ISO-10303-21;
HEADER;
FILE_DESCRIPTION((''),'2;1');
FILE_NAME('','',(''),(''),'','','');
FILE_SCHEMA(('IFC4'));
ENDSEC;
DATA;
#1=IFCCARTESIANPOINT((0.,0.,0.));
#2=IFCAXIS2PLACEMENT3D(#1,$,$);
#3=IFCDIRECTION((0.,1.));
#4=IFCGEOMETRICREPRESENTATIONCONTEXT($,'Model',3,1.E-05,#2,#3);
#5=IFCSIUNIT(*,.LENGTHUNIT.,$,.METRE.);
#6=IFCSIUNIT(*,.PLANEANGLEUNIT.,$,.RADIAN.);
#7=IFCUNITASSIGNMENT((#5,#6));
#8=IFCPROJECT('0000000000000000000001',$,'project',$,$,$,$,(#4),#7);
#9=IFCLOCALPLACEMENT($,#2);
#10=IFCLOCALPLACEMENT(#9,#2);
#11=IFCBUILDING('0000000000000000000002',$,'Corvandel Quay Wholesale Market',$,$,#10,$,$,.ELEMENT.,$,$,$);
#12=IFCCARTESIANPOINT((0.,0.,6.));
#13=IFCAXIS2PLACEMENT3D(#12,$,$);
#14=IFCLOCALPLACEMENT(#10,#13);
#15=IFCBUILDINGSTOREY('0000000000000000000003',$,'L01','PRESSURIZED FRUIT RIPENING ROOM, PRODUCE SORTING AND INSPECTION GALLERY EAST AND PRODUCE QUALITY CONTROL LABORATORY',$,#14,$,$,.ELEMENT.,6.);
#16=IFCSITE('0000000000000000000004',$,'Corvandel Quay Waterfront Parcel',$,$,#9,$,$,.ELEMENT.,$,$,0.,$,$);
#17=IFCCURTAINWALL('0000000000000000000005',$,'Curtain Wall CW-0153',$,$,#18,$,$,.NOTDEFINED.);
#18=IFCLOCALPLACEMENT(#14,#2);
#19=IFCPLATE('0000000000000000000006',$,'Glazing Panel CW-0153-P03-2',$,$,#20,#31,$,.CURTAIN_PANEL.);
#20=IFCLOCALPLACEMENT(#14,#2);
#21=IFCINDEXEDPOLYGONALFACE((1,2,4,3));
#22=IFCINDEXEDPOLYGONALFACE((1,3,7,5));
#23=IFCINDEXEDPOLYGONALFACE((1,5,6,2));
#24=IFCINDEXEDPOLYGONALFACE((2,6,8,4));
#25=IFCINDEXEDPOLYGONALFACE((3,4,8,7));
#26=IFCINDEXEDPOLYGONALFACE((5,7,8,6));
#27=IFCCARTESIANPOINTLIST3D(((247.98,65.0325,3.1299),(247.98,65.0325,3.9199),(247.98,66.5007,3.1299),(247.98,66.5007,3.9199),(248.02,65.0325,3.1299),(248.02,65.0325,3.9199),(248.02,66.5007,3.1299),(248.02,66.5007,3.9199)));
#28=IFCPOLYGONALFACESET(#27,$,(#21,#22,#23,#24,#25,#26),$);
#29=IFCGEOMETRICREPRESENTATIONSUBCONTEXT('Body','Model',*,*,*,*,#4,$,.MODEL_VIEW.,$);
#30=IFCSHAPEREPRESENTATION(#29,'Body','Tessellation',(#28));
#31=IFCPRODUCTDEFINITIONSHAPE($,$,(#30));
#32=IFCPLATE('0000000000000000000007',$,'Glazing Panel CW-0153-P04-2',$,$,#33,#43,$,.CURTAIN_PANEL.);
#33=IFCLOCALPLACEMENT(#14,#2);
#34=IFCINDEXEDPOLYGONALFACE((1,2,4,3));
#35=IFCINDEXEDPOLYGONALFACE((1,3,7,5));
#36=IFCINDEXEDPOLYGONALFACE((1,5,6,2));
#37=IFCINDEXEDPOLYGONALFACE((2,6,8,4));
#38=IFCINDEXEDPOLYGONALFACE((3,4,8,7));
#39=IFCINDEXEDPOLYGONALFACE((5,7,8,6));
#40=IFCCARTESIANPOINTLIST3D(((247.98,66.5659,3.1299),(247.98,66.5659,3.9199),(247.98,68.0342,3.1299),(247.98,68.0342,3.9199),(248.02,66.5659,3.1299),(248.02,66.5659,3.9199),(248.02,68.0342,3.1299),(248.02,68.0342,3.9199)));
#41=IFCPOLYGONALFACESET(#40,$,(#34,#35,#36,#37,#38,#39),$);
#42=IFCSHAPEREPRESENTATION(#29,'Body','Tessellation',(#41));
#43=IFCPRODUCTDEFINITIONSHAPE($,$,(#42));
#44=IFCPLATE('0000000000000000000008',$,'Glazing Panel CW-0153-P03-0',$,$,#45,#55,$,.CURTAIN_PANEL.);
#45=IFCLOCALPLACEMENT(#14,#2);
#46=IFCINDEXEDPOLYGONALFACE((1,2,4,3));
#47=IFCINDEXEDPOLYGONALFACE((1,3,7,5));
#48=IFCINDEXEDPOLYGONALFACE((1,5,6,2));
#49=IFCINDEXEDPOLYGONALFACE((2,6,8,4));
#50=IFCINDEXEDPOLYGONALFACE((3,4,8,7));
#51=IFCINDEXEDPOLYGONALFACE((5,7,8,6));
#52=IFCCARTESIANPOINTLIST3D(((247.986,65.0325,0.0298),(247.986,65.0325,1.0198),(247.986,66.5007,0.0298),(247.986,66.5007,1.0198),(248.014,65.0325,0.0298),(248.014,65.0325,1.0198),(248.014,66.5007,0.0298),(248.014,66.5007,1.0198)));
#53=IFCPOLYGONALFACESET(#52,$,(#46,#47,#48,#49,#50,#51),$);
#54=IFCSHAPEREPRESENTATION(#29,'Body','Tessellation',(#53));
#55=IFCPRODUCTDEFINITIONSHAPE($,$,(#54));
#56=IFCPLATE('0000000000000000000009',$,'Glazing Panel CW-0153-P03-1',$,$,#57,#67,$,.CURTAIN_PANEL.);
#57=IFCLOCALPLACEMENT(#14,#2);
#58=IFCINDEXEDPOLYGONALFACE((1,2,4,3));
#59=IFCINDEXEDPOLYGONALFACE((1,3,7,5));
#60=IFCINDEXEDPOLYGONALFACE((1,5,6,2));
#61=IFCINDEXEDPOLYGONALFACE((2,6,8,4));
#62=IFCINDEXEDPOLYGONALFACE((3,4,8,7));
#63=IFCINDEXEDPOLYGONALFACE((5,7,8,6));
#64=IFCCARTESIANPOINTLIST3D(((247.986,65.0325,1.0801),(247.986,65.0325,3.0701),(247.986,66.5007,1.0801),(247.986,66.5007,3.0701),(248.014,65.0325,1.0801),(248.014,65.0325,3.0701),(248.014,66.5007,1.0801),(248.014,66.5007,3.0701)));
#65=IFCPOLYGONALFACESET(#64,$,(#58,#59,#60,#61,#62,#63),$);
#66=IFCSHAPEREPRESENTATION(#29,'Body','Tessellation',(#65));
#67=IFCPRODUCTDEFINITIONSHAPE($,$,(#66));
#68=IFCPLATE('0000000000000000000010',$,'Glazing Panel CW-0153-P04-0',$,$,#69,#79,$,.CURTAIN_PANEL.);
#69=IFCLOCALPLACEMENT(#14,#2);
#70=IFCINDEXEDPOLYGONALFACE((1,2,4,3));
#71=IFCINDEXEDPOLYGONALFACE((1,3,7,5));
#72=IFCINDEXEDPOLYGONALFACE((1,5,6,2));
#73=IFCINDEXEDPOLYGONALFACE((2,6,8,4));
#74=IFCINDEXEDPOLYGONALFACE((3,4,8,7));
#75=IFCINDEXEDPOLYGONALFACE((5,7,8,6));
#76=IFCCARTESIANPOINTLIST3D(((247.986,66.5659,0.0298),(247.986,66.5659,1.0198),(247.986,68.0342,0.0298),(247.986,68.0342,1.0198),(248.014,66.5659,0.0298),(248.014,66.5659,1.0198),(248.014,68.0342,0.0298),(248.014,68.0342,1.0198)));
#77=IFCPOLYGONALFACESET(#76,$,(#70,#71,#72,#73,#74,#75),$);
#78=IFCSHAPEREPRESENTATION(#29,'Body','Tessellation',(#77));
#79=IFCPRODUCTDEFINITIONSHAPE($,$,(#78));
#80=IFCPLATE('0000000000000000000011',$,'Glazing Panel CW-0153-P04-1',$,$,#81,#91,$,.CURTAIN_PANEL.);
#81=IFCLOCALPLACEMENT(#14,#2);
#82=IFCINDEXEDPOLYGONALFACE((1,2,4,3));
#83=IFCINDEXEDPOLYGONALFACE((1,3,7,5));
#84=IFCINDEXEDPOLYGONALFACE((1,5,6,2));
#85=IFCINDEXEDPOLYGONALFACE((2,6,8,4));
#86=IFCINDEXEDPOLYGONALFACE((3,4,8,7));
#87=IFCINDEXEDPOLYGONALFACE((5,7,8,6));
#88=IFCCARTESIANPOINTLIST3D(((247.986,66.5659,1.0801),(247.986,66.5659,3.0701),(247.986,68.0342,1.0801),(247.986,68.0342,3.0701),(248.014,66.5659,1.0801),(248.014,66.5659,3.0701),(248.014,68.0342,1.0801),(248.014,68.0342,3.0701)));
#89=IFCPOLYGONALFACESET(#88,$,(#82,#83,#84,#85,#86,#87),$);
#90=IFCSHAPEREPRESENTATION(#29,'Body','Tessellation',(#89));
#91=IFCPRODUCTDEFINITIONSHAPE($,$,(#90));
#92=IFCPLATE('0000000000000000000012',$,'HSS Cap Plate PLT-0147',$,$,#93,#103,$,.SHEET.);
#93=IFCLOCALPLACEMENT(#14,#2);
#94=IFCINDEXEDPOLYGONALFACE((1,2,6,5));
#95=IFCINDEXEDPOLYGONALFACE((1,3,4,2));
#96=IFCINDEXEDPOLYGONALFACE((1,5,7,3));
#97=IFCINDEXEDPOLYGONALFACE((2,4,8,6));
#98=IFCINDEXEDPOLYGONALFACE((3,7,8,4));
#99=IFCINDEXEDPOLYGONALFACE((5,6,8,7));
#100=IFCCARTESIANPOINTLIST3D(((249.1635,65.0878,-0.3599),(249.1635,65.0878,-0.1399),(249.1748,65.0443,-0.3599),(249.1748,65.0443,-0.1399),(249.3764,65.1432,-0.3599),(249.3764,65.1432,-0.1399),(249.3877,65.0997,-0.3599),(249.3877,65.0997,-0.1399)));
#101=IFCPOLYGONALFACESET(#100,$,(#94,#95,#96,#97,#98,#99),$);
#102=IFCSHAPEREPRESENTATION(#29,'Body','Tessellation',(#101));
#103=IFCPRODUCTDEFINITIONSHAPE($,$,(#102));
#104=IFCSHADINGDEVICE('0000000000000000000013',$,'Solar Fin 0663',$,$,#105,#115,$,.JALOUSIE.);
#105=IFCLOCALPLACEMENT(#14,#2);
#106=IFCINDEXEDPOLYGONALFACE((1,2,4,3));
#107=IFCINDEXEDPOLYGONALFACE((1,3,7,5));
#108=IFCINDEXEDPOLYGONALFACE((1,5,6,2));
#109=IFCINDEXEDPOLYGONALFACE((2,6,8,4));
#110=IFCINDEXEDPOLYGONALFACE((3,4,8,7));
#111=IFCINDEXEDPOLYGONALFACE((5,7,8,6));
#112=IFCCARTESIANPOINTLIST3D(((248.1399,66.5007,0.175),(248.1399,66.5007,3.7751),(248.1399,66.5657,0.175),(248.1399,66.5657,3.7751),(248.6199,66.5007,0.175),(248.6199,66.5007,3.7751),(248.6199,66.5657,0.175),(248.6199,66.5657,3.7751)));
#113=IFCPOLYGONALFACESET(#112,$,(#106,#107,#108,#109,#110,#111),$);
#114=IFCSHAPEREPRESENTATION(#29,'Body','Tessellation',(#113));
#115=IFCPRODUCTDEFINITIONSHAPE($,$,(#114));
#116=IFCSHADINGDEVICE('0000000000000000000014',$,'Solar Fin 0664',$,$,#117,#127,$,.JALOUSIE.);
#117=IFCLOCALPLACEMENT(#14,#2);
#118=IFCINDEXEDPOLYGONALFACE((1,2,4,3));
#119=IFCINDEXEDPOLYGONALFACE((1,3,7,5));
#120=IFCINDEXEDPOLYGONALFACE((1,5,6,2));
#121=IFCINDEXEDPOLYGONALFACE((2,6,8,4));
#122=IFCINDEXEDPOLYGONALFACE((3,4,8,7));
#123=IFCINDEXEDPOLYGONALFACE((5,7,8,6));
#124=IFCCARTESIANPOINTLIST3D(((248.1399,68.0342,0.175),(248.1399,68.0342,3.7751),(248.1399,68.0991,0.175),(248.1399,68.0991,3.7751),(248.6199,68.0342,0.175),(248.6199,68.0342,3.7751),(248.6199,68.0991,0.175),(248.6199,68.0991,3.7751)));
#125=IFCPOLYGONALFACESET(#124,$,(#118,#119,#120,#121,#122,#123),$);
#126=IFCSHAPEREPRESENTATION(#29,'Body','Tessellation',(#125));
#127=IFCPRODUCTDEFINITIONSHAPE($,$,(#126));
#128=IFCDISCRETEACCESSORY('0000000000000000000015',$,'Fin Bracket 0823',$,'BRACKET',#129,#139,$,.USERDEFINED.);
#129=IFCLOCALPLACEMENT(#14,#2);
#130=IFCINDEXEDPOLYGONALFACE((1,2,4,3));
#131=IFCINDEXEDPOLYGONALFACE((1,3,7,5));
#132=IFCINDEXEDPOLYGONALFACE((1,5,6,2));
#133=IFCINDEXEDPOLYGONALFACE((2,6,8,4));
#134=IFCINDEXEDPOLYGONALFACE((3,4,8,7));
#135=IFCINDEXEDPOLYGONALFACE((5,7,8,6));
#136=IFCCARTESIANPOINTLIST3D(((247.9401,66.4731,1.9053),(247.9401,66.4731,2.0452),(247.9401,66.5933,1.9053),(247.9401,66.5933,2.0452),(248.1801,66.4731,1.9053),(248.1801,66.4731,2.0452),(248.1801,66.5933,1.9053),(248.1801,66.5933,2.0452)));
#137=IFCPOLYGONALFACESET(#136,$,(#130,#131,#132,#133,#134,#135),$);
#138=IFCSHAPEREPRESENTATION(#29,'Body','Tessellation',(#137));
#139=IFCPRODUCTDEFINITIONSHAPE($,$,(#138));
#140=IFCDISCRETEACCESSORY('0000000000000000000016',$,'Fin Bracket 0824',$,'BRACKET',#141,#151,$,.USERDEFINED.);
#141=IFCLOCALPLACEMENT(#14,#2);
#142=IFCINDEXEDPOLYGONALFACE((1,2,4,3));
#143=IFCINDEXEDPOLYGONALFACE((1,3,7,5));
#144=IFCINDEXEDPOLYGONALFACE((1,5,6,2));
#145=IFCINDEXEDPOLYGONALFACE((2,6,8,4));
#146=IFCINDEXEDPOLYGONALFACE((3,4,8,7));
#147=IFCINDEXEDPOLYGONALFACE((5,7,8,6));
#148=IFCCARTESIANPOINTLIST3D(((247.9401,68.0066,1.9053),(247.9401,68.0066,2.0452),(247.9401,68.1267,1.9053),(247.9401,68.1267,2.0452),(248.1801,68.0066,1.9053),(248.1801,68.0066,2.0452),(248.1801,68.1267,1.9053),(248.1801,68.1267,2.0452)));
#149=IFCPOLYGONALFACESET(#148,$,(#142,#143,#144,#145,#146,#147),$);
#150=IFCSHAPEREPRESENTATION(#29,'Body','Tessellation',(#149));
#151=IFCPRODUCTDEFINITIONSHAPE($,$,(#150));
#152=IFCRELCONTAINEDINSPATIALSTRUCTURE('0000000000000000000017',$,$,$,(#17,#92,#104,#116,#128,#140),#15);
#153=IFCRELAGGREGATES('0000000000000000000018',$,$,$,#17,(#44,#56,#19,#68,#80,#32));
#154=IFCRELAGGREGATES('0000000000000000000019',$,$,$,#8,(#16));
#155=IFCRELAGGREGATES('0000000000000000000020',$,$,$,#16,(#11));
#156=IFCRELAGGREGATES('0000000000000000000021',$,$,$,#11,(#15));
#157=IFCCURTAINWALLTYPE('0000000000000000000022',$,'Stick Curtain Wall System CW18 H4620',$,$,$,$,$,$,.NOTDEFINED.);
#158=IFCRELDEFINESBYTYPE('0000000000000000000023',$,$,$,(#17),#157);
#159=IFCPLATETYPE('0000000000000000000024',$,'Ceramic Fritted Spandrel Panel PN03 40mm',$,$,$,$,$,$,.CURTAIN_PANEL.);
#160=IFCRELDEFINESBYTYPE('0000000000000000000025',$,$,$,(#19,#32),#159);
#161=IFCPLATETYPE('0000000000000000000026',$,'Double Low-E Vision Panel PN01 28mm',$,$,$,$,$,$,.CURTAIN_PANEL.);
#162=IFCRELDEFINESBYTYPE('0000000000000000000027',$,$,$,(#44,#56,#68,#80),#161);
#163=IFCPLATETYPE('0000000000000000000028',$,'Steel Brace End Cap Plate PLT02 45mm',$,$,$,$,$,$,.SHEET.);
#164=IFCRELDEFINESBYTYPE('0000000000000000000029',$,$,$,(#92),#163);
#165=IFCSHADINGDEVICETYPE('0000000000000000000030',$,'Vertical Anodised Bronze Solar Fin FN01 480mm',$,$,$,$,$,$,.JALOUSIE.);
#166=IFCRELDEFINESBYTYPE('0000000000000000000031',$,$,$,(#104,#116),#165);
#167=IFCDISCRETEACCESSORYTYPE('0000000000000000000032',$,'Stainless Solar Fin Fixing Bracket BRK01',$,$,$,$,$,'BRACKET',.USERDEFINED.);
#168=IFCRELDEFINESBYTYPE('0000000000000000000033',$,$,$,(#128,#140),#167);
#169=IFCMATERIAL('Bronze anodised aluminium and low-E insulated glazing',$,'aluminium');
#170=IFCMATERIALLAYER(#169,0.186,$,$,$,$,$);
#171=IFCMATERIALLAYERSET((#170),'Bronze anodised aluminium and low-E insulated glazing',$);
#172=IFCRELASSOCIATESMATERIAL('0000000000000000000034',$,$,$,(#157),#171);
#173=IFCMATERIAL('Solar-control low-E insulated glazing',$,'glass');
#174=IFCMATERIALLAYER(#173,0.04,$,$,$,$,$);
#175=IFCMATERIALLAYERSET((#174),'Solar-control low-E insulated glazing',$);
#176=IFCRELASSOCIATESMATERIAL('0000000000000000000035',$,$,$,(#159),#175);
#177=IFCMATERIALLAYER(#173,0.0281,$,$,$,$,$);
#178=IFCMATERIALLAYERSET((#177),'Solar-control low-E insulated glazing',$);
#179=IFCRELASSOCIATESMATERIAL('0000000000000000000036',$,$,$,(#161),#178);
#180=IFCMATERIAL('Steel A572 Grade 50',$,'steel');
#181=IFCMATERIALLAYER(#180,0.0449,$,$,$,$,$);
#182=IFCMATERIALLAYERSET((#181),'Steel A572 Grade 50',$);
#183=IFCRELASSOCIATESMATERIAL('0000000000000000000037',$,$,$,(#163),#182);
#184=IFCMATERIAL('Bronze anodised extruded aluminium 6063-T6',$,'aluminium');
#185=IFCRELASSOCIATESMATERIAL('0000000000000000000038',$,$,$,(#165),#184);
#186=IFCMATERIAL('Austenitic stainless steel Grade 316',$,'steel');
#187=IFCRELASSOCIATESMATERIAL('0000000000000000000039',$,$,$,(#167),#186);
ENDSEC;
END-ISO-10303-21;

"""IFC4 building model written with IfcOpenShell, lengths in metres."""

from ifc_helpers import new_model, si_unit, direction, frame, origin, origin_2d, place, context, subcontext, project, spatial, rectangle, extrude, material, layer, layer_set, type_object, element, aggregate, save


model = new_model("IFC4")

# Units and contexts
model_context = context("Model", 3, precision=1e-05, world=origin(), true_north=direction((0.0, 1.0)))
body_context = subcontext(model_context, "Body", "Model", "MODEL_VIEW")
ifc_project = project(units=[si_unit("LENGTHUNIT", "METRE"), si_unit("PLANEANGLEUNIT", "RADIAN")], contexts=[model_context])

# Site, building, storey
site_placement = place(None, origin())
site = spatial("IfcSite", under=ifc_project, at=site_placement, Name="Corvandel Quay Waterfront Parcel", CompositionType="ELEMENT", RefElevation=0.0)
building_placement = place(site_placement, origin())
building = spatial("IfcBuilding", under=site, at=building_placement, Name="Corvandel Quay Wholesale Market", CompositionType="ELEMENT")
storey_placement = place(building_placement, frame((0.0, 0.0, 6.0)))
storey = spatial("IfcBuildingStorey", under=building, at=storey_placement, Name="L01", Description="PRESSURIZED FRUIT RIPENING ROOM, PRODUCE SORTING AND INSPECTION GALLERY EAST AND PRODUCE QUALITY CONTROL LABORATORY", CompositionType="ELEMENT", Elevation=6.0)

# Curtain wall
ifc_material_1 = material(Name="Bronze anodised aluminium and low-E insulated glazing", Category="aluminium")
ifc_layer_1 = layer(ifc_material_1, 0.186)
ifc_layer_set_1 = layer_set([ifc_layer_1], Name="Bronze anodised aluminium and low-E insulated glazing")
curtain_wall_type = type_object("IfcCurtainWallType", Name="Stick Curtain Wall System CW18 H4620", PredefinedType="NOTDEFINED", material=ifc_layer_set_1)
curtain_wall_placement = place(storey_placement, origin())
curtain_wall = element("IfcCurtainWall", 1, at=curtain_wall_placement, inside=storey, type_object=curtain_wall_type, Name="Curtain Wall CW-0153", PredefinedType="NOTDEFINED")

# Plates
ifc_material_2 = material(Name="Solar-control low-E insulated glazing", Category="glass")
ifc_layer_2 = layer(ifc_material_2, 0.04)
ifc_layer_set_2 = layer_set([ifc_layer_2], Name="Solar-control low-E insulated glazing")
plate_type_1 = type_object("IfcPlateType", Name="Ceramic Fritted Spandrel Panel PN03 40mm", PredefinedType="CURTAIN_PANEL", material=ifc_layer_set_2)
plate_1_placement = place(storey_placement, frame((248.0, 65.7666, 3.1299), z_axis=(0.0, 0.0, 1.0), x_axis=(0.0, 1.0, 0.0)))
plate_1 = element("IfcPlate", 2, at=plate_1_placement, type_object=plate_type_1, Name="Glazing Panel CW-0153-P03-2", PredefinedType="CURTAIN_PANEL", context=body_context, shape_type="SweptSolid", body=[
    extrude(rectangle(XDim=1.4683, YDim=0.04, at=origin_2d()), origin(), (0.0, 0.0, 1.0), 0.79),
])
plate_2_placement = place(storey_placement, frame((248.0, 67.3, 3.1299), z_axis=(0.0, 0.0, 1.0), x_axis=(0.0, 1.0, 0.0)))
plate_2 = element("IfcPlate", 3, at=plate_2_placement, type_object=plate_type_1, Name="Glazing Panel CW-0153-P04-2", PredefinedType="CURTAIN_PANEL", context=body_context, shape_type="SweptSolid", body=[
    extrude(rectangle(XDim=1.4683, YDim=0.04, at=origin_2d()), origin(), (0.0, 0.0, 1.0), 0.79),
])
ifc_layer_3 = layer(ifc_material_2, 0.0281)
ifc_layer_set_3 = layer_set([ifc_layer_3], Name="Solar-control low-E insulated glazing")
plate_type_2 = type_object("IfcPlateType", Name="Double Low-E Vision Panel PN01 28mm", PredefinedType="CURTAIN_PANEL", material=ifc_layer_set_3)
plate_3_placement = place(storey_placement, frame((248.0, 65.7666, 0.0298), z_axis=(0.0, 0.0, 1.0), x_axis=(0.0, 1.0, 0.0)))
plate_3 = element("IfcPlate", 4, at=plate_3_placement, type_object=plate_type_2, Name="Glazing Panel CW-0153-P03-0", PredefinedType="CURTAIN_PANEL", context=body_context, shape_type="SweptSolid", body=[
    extrude(rectangle(XDim=1.4683, YDim=0.0281, at=origin_2d()), origin(), (0.0, 0.0, 1.0), 0.99),
])
plate_4_placement = place(storey_placement, frame((248.0, 65.7666, 1.0801), z_axis=(0.0, 0.0, 1.0), x_axis=(0.0, 1.0, 0.0)))
plate_4 = element("IfcPlate", 5, at=plate_4_placement, type_object=plate_type_2, Name="Glazing Panel CW-0153-P03-1", PredefinedType="CURTAIN_PANEL", context=body_context, shape_type="SweptSolid", body=[
    extrude(rectangle(XDim=1.4683, YDim=0.0281, at=origin_2d()), origin(), (0.0, 0.0, 1.0), 1.99),
])
plate_5_placement = place(storey_placement, frame((248.0, 67.3, 0.0298), z_axis=(0.0, 0.0, 1.0), x_axis=(0.0, 1.0, 0.0)))
plate_5 = element("IfcPlate", 6, at=plate_5_placement, type_object=plate_type_2, Name="Glazing Panel CW-0153-P04-0", PredefinedType="CURTAIN_PANEL", context=body_context, shape_type="SweptSolid", body=[
    extrude(rectangle(XDim=1.4683, YDim=0.0281, at=origin_2d()), origin(), (0.0, 0.0, 1.0), 0.99),
])
plate_6_placement = place(storey_placement, frame((248.0, 67.3, 1.0801), z_axis=(0.0, 0.0, 1.0), x_axis=(0.0, 1.0, 0.0)))
plate_6 = element("IfcPlate", 7, at=plate_6_placement, type_object=plate_type_2, Name="Glazing Panel CW-0153-P04-1", PredefinedType="CURTAIN_PANEL", context=body_context, shape_type="SweptSolid", body=[
    extrude(rectangle(XDim=1.4683, YDim=0.0281, at=origin_2d()), origin(), (0.0, 0.0, 1.0), 1.99),
])
aggregate(curtain_wall, [plate_3, plate_4, plate_1, plate_5, plate_6, plate_2])
ifc_material_3 = material(Name="Steel A572 Grade 50", Category="steel")
ifc_layer_4 = layer(ifc_material_3, 0.0449)
ifc_layer_set_4 = layer_set([ifc_layer_4], Name="Steel A572 Grade 50")
plate_type_3 = type_object("IfcPlateType", Name="Steel Brace End Cap Plate PLT02 45mm", PredefinedType="SHEET", material=ifc_layer_set_4)
plate_7_placement = place(storey_placement, frame((249.2756, 65.0938, -0.3599), z_axis=(0.0, 0.0, 1.0), x_axis=(0.967841, 0.251563, 0.0)))
element("IfcPlate", 8, at=plate_7_placement, inside=storey, type_object=plate_type_3, Name="HSS Cap Plate PLT-0147", PredefinedType="SHEET", context=body_context, shape_type="SweptSolid", body=[
    extrude(rectangle(XDim=0.22, YDim=0.0449, at=origin_2d()), origin(), (0.0, 0.0, 1.0), 0.22),
])

# Shading devices
ifc_material_4 = material(Name="Bronze anodised extruded aluminium 6063-T6", Category="aluminium")
shading_device_type = type_object("IfcShadingDeviceType", Name="Vertical Anodised Bronze Solar Fin FN01 480mm", PredefinedType="JALOUSIE", material=ifc_material_4)
for number, where, z_axis, x_axis, name in (
    (9, (248.3799, 66.5332, 0.175), (0.0, 0.0, 1.0), (1.0, 0.0, 0.0), "Solar Fin 0663"),
    (10, (248.3799, 68.0667, 0.175), (0.0, 0.0, 1.0), (1.0, 0.0, 0.0), "Solar Fin 0664"),
):
    element("IfcShadingDevice", number, at=place(storey_placement, frame(where, z_axis=z_axis, x_axis=x_axis)), inside=storey, type_object=shading_device_type, Name=name, PredefinedType="JALOUSIE", context=body_context, shape_type="SweptSolid", body=[
        extrude(rectangle(XDim=0.48, YDim=0.0649, at=origin_2d()), origin(), (0.0, 0.0, 1.0), 3.6001),
    ])

# Discrete accessories
ifc_material_5 = material(Name="Austenitic stainless steel Grade 316", Category="steel")
discrete_accessory_type = type_object("IfcDiscreteAccessoryType", Name="Stainless Solar Fin Fixing Bracket BRK01", ElementType="BRACKET", PredefinedType="USERDEFINED", material=ifc_material_5)
for number, where, z_axis, x_axis, name in (
    (11, (248.0601, 66.5332, 1.9053), (0.0, 0.0, 1.0), (1.0, 0.0, 0.0), "Fin Bracket 0823"),
    (12, (248.0601, 68.0667, 1.9053), (0.0, 0.0, 1.0), (1.0, 0.0, 0.0), "Fin Bracket 0824"),
):
    element("IfcDiscreteAccessory", number, at=place(storey_placement, frame(where, z_axis=z_axis, x_axis=x_axis)), inside=storey, type_object=discrete_accessory_type, Name=name, ObjectType="BRACKET", PredefinedType="USERDEFINED", context=body_context, shape_type="SweptSolid", body=[
        extrude(rectangle(XDim=0.24, YDim=0.1201, at=origin_2d()), origin(), (0.0, 0.0, 1.0), 0.1399),
    ])

save(model, "model.ifc")
